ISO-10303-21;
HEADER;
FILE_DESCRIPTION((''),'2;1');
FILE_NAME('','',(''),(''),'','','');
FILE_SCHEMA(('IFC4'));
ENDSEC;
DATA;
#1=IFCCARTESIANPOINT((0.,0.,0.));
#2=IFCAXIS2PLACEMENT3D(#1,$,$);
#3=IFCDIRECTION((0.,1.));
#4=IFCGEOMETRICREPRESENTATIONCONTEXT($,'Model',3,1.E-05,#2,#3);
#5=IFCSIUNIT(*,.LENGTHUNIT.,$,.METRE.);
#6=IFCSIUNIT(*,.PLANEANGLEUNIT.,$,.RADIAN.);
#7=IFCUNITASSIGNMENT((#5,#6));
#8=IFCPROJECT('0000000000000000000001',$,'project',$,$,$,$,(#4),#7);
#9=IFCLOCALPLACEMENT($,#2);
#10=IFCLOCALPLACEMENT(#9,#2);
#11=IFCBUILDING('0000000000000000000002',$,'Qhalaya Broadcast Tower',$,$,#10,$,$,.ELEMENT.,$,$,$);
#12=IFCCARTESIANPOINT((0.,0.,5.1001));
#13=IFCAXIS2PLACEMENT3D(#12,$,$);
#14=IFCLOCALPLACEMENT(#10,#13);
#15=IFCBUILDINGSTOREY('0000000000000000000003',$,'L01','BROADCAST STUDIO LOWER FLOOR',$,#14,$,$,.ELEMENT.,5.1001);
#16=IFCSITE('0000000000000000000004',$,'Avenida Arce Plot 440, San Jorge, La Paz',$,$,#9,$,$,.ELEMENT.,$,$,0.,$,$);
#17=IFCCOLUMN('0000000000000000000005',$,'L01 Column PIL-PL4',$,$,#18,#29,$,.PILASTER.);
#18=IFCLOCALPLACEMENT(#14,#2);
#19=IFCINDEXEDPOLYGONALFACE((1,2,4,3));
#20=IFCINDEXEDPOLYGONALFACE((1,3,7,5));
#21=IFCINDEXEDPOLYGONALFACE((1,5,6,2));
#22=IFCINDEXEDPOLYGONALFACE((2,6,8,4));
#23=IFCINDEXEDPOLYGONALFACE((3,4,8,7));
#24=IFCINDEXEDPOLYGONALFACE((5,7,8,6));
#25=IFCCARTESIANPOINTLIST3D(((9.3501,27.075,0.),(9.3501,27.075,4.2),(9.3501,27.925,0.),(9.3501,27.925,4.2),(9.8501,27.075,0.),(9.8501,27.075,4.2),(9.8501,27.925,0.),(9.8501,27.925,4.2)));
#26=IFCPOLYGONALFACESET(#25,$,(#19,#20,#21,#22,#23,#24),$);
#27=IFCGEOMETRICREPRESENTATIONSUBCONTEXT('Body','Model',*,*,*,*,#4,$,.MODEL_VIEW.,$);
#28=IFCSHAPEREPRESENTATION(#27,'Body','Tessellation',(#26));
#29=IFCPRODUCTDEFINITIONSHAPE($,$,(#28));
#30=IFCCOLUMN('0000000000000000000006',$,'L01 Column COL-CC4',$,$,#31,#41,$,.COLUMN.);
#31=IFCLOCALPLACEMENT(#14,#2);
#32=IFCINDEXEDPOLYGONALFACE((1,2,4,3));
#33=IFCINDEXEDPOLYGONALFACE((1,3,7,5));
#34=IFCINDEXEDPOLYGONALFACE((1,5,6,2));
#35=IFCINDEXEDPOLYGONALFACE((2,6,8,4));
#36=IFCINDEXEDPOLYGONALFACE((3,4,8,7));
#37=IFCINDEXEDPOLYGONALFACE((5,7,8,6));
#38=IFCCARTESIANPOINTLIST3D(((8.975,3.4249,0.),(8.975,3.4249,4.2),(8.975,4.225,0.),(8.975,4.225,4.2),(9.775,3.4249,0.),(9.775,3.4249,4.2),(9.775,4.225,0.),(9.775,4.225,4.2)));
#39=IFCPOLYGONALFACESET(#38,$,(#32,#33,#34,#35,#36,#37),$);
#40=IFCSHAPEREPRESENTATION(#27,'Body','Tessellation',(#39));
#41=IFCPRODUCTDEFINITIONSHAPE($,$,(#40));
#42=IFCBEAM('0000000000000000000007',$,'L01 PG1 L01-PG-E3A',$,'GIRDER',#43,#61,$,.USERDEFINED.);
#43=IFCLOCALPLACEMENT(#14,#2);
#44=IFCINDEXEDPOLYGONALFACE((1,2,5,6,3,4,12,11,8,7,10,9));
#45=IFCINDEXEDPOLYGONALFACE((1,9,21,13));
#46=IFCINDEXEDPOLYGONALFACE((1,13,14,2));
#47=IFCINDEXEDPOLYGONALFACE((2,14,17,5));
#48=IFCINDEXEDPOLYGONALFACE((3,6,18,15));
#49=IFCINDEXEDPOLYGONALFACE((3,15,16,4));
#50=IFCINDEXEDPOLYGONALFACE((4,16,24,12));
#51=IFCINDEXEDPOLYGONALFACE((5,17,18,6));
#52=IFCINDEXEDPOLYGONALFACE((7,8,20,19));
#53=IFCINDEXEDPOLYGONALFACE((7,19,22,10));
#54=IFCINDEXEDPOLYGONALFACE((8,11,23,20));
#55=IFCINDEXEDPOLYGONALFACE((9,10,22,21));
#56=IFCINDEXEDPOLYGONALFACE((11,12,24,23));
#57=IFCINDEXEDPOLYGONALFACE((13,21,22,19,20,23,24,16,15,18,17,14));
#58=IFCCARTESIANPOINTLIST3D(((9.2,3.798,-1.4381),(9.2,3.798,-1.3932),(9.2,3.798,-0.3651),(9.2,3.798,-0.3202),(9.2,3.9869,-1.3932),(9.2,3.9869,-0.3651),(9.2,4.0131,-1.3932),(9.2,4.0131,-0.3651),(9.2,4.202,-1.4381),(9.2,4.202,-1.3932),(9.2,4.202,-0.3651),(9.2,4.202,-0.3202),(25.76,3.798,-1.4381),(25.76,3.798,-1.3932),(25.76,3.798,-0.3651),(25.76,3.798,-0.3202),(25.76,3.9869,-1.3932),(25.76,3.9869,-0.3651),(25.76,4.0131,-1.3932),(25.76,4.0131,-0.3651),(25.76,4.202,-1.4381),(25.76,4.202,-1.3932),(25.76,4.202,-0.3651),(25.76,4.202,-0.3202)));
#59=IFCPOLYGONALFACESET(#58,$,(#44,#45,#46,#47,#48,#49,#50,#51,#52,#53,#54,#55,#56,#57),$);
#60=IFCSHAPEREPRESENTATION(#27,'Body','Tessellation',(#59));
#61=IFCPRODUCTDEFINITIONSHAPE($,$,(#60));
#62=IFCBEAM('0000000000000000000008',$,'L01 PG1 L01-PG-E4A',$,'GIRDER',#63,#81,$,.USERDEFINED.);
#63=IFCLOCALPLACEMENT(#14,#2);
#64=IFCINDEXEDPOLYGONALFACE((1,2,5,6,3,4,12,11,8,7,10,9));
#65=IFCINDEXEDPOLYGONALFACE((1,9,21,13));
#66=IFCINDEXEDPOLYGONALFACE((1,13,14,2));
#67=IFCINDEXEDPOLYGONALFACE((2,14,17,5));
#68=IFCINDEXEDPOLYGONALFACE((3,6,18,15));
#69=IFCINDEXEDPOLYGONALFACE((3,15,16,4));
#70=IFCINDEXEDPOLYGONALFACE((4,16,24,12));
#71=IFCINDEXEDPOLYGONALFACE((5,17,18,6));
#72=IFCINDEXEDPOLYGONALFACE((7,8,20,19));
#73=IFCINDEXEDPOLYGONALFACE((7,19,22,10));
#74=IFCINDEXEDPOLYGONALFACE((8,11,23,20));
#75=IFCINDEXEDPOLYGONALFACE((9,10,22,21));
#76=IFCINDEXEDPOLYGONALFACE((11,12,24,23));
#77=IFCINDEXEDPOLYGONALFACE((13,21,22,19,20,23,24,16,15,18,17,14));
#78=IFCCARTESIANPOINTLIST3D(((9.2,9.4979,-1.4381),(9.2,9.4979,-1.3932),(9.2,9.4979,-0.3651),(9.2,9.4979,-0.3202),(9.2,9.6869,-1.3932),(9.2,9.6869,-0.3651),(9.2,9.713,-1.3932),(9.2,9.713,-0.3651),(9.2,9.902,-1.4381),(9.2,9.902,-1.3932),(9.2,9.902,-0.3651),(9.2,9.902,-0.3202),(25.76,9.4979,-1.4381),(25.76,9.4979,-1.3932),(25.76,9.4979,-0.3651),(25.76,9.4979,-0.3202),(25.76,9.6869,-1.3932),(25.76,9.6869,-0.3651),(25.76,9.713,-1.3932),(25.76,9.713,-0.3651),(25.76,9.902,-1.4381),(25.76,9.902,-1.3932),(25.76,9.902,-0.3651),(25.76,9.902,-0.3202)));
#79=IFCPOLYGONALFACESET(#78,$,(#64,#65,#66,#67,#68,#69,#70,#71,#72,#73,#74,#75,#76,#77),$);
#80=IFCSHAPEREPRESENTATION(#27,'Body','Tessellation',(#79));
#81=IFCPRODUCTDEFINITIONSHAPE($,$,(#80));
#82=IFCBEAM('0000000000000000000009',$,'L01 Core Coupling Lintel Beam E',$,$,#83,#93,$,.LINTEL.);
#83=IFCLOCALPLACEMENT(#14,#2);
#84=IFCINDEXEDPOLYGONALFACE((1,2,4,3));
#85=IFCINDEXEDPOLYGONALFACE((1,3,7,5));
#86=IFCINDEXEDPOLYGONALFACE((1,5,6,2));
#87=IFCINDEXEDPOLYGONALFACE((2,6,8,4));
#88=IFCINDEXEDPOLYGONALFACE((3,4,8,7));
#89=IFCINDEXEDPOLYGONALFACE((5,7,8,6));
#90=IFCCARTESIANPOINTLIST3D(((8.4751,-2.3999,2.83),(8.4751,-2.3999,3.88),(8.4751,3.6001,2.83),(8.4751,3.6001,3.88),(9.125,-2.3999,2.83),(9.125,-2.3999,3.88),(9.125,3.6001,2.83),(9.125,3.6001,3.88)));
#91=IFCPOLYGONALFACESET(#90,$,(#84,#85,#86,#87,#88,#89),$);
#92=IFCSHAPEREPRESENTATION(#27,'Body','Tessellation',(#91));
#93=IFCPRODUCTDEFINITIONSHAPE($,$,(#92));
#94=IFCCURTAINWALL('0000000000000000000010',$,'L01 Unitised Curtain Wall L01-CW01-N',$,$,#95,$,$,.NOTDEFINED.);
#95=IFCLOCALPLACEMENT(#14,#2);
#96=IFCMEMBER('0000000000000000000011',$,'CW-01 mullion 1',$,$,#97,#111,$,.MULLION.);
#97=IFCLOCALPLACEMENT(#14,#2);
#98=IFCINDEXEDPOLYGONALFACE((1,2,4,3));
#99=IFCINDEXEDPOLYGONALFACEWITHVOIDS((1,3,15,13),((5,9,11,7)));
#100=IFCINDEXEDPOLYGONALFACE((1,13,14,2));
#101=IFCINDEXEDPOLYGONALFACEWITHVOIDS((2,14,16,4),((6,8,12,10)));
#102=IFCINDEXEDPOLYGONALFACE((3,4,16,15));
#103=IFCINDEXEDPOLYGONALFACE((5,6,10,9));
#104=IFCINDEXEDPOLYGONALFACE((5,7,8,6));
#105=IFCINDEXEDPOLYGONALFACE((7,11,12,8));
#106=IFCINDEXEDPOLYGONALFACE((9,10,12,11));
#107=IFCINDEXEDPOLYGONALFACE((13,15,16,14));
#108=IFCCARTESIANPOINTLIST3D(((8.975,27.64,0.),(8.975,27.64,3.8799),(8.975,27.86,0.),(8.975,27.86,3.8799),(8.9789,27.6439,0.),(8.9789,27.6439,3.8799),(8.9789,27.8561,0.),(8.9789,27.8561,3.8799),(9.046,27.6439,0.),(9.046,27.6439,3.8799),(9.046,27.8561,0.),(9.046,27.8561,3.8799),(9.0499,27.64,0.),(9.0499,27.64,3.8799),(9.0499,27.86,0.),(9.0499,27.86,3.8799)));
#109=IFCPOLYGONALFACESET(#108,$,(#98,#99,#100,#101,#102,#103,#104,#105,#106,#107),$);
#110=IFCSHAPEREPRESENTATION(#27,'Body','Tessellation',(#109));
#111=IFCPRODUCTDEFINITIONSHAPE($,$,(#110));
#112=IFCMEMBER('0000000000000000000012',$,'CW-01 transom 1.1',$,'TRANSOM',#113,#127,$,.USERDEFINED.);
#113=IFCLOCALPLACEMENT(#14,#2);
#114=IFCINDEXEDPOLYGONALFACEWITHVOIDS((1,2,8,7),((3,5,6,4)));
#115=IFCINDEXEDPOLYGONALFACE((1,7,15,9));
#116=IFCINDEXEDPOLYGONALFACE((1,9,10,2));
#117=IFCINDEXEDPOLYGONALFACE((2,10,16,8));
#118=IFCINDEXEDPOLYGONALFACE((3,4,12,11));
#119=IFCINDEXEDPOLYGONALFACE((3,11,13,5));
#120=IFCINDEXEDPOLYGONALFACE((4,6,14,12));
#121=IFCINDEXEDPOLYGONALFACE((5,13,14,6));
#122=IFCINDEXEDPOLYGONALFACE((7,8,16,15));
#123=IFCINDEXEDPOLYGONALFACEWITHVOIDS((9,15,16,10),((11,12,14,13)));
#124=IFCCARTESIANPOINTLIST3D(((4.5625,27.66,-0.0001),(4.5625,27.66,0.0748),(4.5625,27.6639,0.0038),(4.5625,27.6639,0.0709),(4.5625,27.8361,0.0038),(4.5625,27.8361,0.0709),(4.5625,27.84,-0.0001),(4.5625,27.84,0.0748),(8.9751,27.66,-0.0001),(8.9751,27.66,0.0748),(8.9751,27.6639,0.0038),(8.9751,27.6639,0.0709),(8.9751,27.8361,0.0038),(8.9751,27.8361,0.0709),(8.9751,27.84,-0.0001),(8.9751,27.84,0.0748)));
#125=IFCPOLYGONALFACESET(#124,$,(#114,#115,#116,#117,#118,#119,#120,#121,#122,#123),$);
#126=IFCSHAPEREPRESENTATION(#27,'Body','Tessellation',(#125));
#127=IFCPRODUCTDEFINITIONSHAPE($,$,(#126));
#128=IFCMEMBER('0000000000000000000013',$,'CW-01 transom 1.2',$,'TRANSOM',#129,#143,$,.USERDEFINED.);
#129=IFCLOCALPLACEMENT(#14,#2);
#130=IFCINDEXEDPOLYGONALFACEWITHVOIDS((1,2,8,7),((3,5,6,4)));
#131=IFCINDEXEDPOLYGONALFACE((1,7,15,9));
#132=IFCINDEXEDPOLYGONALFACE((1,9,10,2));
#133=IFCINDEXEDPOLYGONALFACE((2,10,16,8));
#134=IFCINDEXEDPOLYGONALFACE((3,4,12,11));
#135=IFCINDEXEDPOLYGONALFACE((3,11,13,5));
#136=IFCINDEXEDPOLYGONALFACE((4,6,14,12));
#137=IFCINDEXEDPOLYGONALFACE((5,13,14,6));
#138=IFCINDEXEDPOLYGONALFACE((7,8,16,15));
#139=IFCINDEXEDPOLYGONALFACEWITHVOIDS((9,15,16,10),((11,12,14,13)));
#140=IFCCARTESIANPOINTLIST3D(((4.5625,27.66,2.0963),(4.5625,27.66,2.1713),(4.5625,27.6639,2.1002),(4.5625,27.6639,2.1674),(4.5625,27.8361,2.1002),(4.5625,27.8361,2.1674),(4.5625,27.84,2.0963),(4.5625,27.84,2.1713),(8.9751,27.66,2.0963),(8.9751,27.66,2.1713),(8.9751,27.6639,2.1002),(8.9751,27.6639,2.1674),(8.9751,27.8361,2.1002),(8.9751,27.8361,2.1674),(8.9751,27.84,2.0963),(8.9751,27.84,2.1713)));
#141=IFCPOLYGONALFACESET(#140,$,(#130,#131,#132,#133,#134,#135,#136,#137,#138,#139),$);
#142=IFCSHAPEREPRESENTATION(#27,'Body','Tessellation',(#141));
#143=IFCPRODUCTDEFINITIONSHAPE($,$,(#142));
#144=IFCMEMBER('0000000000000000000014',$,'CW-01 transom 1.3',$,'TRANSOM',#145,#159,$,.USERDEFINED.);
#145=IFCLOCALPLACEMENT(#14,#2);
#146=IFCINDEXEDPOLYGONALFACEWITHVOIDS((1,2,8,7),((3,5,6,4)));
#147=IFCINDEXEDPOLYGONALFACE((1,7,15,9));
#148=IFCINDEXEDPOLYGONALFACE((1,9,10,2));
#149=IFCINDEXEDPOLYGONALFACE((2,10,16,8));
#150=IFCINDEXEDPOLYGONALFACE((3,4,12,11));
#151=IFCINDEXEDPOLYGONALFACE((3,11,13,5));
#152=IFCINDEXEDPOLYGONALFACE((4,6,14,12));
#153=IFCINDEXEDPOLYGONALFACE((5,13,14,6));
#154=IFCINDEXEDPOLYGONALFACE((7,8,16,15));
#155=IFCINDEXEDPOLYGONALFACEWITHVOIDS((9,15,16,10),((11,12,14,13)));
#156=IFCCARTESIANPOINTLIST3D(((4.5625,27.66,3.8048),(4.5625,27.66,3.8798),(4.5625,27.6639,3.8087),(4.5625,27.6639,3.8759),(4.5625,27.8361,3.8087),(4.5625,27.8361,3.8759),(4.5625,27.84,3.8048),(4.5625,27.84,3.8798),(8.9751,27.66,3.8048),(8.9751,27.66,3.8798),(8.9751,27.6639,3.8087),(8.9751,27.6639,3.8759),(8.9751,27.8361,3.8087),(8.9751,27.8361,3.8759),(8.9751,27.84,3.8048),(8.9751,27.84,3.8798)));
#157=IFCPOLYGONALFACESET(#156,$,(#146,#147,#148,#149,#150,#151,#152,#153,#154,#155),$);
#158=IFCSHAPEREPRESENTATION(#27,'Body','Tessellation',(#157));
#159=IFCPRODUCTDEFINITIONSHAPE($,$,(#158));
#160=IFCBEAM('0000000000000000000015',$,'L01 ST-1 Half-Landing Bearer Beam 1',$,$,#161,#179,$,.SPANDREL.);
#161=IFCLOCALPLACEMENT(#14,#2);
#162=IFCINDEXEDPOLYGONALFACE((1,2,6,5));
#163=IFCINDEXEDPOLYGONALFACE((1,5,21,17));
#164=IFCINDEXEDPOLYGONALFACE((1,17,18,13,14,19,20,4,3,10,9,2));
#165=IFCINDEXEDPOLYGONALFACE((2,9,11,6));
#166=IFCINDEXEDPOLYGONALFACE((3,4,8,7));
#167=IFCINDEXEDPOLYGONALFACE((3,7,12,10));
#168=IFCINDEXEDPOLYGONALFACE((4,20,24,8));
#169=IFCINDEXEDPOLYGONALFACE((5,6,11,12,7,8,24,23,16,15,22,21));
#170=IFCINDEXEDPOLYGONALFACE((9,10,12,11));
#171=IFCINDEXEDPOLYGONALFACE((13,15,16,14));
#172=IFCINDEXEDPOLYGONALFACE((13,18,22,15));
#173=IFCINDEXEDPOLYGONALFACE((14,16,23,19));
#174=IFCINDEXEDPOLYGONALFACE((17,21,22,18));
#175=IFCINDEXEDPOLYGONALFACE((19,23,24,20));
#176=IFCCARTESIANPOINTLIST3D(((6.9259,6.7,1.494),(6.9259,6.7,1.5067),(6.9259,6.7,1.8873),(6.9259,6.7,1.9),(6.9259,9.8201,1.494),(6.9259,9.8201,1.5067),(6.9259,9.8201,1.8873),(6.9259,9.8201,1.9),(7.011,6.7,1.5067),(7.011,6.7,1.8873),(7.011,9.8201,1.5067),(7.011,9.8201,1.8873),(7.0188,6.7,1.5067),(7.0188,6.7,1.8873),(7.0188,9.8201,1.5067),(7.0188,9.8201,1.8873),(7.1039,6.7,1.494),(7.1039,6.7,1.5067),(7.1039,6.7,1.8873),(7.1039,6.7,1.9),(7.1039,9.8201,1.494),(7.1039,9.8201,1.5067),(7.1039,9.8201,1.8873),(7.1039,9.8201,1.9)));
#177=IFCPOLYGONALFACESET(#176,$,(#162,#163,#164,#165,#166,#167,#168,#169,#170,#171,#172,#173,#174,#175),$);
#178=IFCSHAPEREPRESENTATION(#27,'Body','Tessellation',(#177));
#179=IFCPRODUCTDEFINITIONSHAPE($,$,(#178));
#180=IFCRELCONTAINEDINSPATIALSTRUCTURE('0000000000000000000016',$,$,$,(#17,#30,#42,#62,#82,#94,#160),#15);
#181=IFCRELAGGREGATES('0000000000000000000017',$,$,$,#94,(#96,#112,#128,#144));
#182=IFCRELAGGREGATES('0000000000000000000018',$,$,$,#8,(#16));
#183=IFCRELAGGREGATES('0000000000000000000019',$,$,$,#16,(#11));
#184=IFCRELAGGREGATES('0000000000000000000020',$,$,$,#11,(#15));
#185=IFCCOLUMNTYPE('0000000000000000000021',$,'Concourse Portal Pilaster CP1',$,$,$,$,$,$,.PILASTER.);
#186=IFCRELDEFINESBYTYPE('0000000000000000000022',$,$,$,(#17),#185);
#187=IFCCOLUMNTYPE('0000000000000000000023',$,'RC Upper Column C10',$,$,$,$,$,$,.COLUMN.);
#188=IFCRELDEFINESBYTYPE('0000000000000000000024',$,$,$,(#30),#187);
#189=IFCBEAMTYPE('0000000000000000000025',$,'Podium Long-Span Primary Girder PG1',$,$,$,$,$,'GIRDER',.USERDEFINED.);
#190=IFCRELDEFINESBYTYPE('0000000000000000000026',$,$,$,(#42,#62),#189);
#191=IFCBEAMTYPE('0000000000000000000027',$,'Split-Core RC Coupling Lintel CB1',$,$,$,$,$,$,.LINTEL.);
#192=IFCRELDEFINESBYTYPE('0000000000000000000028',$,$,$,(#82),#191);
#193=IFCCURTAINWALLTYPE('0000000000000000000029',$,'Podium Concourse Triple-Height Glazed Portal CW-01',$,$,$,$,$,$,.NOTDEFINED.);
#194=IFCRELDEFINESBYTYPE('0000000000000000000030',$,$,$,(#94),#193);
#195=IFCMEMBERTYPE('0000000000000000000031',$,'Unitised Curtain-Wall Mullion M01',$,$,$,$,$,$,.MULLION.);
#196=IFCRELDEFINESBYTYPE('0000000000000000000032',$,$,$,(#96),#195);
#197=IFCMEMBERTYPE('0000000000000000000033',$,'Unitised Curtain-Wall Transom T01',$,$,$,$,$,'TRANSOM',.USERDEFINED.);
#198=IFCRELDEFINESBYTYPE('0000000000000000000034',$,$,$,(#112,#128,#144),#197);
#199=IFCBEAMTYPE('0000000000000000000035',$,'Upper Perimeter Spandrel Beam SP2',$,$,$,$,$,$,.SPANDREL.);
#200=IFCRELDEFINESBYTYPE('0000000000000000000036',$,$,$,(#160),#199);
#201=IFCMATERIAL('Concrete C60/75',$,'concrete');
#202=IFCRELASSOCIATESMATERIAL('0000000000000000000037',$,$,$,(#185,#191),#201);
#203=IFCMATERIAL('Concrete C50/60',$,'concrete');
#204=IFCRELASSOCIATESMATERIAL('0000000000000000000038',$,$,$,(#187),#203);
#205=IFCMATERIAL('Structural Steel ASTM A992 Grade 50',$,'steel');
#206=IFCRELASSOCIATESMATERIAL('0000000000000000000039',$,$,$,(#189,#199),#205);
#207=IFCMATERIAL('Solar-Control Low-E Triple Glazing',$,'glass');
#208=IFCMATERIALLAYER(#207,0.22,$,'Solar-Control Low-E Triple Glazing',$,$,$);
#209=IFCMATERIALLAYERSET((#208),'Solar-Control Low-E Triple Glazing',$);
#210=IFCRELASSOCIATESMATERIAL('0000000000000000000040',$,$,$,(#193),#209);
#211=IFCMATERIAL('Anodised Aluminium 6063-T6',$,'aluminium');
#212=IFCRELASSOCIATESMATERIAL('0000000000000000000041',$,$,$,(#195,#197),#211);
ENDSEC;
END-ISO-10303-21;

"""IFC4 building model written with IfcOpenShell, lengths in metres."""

from ifc_helpers import new_model, si_unit, direction, frame, origin, origin_2d, place, context, subcontext, project, spatial, rectangle, hollow_rectangle, i_section, extrude, material, layer, layer_set, material_profile, profile_set, type_object, element, aggregate, save


model = new_model("IFC4")

# Units and contexts
model_context = context("Model", 3, precision=1e-05, world=origin(), true_north=direction((0.0, 1.0)))
body_context = subcontext(model_context, "Body", "Model", "MODEL_VIEW")
ifc_project = project(units=[si_unit("LENGTHUNIT", "METRE"), si_unit("PLANEANGLEUNIT", "RADIAN")], contexts=[model_context])

# Site, building, storey
site_placement = place(None, origin())
site = spatial("IfcSite", under=ifc_project, at=site_placement, Name="Avenida Arce Plot 440, San Jorge, La Paz", CompositionType="ELEMENT", RefElevation=0.0)
building_placement = place(site_placement, origin())
building = spatial("IfcBuilding", under=site, at=building_placement, Name="Qhalaya Broadcast Tower", CompositionType="ELEMENT")
storey_placement = place(building_placement, frame((0.0, 0.0, 5.1001)))
storey = spatial("IfcBuildingStorey", under=building, at=storey_placement, Name="L01", Description="BROADCAST STUDIO LOWER FLOOR", CompositionType="ELEMENT", Elevation=5.1001)

# Columns
ifc_material_1 = material(Name="Concrete C60/75", Category="concrete")
ifc_material_profile_1 = material_profile(ifc_material_1, rectangle(XDim=0.5, YDim=0.8501, at=origin_2d()), Name="RC-PIL 500x850")
ifc_profile_set_1 = profile_set([ifc_material_profile_1], Name="Concrete C60/75")
column_type_1 = type_object("IfcColumnType", Name="Concourse Portal Pilaster CP1", PredefinedType="PILASTER", material=ifc_profile_set_1)
column_1_placement = place(storey_placement, frame((9.6001, 27.5, 0.0), z_axis=(0.0, 0.0, 1.0), x_axis=(1.0, 0.0, 0.0)))
element("IfcColumn", 1, at=column_1_placement, inside=storey, type_object=column_type_1, Name="L01 Column PIL-PL4", PredefinedType="PILASTER", context=body_context, shape_type="SweptSolid", body=[
    extrude(rectangle(XDim=0.5, YDim=0.8501, at=origin_2d()), origin(), (0.0, 0.0, 1.0), 4.2),
])
ifc_material_2 = material(Name="Concrete C50/60", Category="concrete")
ifc_material_profile_2 = material_profile(ifc_material_2, rectangle(XDim=0.8, YDim=0.8, at=origin_2d()), Name="RC-COL 800x800")
ifc_profile_set_2 = profile_set([ifc_material_profile_2], Name="Concrete C50/60")
column_type_2 = type_object("IfcColumnType", Name="RC Upper Column C10", PredefinedType="COLUMN", material=ifc_profile_set_2)
column_2_placement = place(storey_placement, frame((9.375, 3.825, 0.0), z_axis=(0.0, 0.0, 1.0), x_axis=(1.0, 0.0, 0.0)))
element("IfcColumn", 2, at=column_2_placement, inside=storey, type_object=column_type_2, Name="L01 Column COL-CC4", PredefinedType="COLUMN", context=body_context, shape_type="SweptSolid", body=[
    extrude(rectangle(XDim=0.8, YDim=0.8, at=origin_2d()), origin(), (0.0, 0.0, 1.0), 4.2),
])

# Beams
ifc_material_3 = material(Name="Structural Steel ASTM A992 Grade 50", Category="steel")
ifc_material_profile_3 = material_profile(ifc_material_3, i_section(OverallWidth=0.4041, OverallDepth=1.1179, WebThickness=0.0261, FlangeThickness=0.0449, at=origin_2d()), Name="W44X335")
ifc_profile_set_3 = profile_set([ifc_material_profile_3], Name="Structural Steel ASTM A992 Grade 50")
beam_type_1 = type_object("IfcBeamType", Name="Podium Long-Span Primary Girder PG1", ElementType="GIRDER", PredefinedType="USERDEFINED", material=ifc_profile_set_3)
for number, where, z_axis, x_axis, name in (
    (3, (9.2, 4.0, -0.8792), (1.0, 0.0, 0.0), (0.0, 1.0, 0.0), "L01 PG1 L01-PG-E3A"),
    (4, (9.2, 9.7, -0.8792), (1.0, 0.0, 0.0), (0.0, 1.0, 0.0), "L01 PG1 L01-PG-E4A"),
):
    element("IfcBeam", number, at=place(storey_placement, frame(where, z_axis=z_axis, x_axis=x_axis)), inside=storey, type_object=beam_type_1, Name=name, ObjectType="GIRDER", PredefinedType="USERDEFINED", context=body_context, shape_type="SweptSolid", body=[
        extrude(i_section(OverallWidth=0.4041, OverallDepth=1.1179, WebThickness=0.0261, FlangeThickness=0.0449, at=origin_2d()), origin(), (0.0, 0.0, 1.0), 16.5601),
    ])
ifc_material_profile_4 = material_profile(ifc_material_1, rectangle(XDim=0.6499, YDim=1.05, at=origin_2d()), Name="RC-CB 650x1050")
ifc_profile_set_4 = profile_set([ifc_material_profile_4], Name="Concrete C60/75")
beam_type_2 = type_object("IfcBeamType", Name="Split-Core RC Coupling Lintel CB1", PredefinedType="LINTEL", material=ifc_profile_set_4)
beam_placement = place(storey_placement, frame((8.8, -2.3999, 3.355), z_axis=(0.0, 1.0, 0.0), x_axis=(-1.0, 0.0, 0.0)))
element("IfcBeam", 5, at=beam_placement, inside=storey, type_object=beam_type_2, Name="L01 Core Coupling Lintel Beam E", PredefinedType="LINTEL", context=body_context, shape_type="SweptSolid", body=[
    extrude(rectangle(XDim=0.6499, YDim=1.05, at=origin_2d()), origin(), (0.0, 0.0, 1.0), 6.0),
])

# Curtain wall, members
ifc_material_4 = material(Name="Solar-Control Low-E Triple Glazing", Category="glass")
ifc_layer_1 = layer(ifc_material_4, 0.22, Name="Solar-Control Low-E Triple Glazing")
ifc_layer_set_1 = layer_set([ifc_layer_1], Name="Solar-Control Low-E Triple Glazing")
curtain_wall_type = type_object("IfcCurtainWallType", Name="Podium Concourse Triple-Height Glazed Portal CW-01", PredefinedType="NOTDEFINED", material=ifc_layer_set_1)
curtain_wall_placement = place(storey_placement, origin())
curtain_wall = element("IfcCurtainWall", 6, at=curtain_wall_placement, inside=storey, type_object=curtain_wall_type, Name="L01 Unitised Curtain Wall L01-CW01-N", PredefinedType="NOTDEFINED")
ifc_material_5 = material(Name="Anodised Aluminium 6063-T6", Category="aluminium")
ifc_material_profile_5 = material_profile(ifc_material_5, hollow_rectangle(XDim=0.075, YDim=0.22, WallThickness=0.0039, at=origin_2d()), Name="ALU-MUL 75x220x4")
ifc_profile_set_5 = profile_set([ifc_material_profile_5], Name="Anodised Aluminium 6063-T6")
member_type_1 = type_object("IfcMemberType", Name="Unitised Curtain-Wall Mullion M01", PredefinedType="MULLION", material=ifc_profile_set_5)
member_1_placement = place(storey_placement, frame((9.0125, 27.75, 0.0), z_axis=(0.0, 0.0, 1.0), x_axis=(-1.0, 0.0, 0.0)))
member_1 = element("IfcMember", 7, at=member_1_placement, type_object=member_type_1, Name="CW-01 mullion 1", PredefinedType="MULLION", context=body_context, shape_type="SweptSolid", body=[
    extrude(hollow_rectangle(XDim=0.075, YDim=0.22, WallThickness=0.0039, at=origin_2d()), origin(), (0.0, 0.0, 1.0), 3.8799),
])
ifc_material_profile_6 = material_profile(ifc_material_5, hollow_rectangle(XDim=0.075, YDim=0.1799, WallThickness=0.0039, at=origin_2d()), Name="ALU-TRN 75x180x4")
ifc_profile_set_6 = profile_set([ifc_material_profile_6], Name="Anodised Aluminium 6063-T6")
member_type_2 = type_object("IfcMemberType", Name="Unitised Curtain-Wall Transom T01", ElementType="TRANSOM", PredefinedType="USERDEFINED", material=ifc_profile_set_6)
member_2_placement = place(storey_placement, frame((8.9751, 27.75, 0.0374), z_axis=(-1.0, 0.0, 0.0), x_axis=(0.0, 0.0, 1.0)))
member_2 = element("IfcMember", 8, at=member_2_placement, type_object=member_type_2, Name="CW-01 transom 1.1", ObjectType="TRANSOM", PredefinedType="USERDEFINED", context=body_context, shape_type="SweptSolid", body=[
    extrude(hollow_rectangle(XDim=0.075, YDim=0.1799, WallThickness=0.0039, at=origin_2d()), origin(), (0.0, 0.0, 1.0), 4.4126),
])
member_3_placement = place(storey_placement, frame((8.9751, 27.75, 2.1338), z_axis=(-1.0, 0.0, 0.0), x_axis=(0.0, 0.0, 1.0)))
member_3 = element("IfcMember", 9, at=member_3_placement, type_object=member_type_2, Name="CW-01 transom 1.2", ObjectType="TRANSOM", PredefinedType="USERDEFINED", context=body_context, shape_type="SweptSolid", body=[
    extrude(hollow_rectangle(XDim=0.075, YDim=0.1799, WallThickness=0.0039, at=origin_2d()), origin(), (0.0, 0.0, 1.0), 4.4126),
])
member_4_placement = place(storey_placement, frame((8.9751, 27.75, 3.8423), z_axis=(-1.0, 0.0, 0.0), x_axis=(0.0, 0.0, 1.0)))
member_4 = element("IfcMember", 10, at=member_4_placement, type_object=member_type_2, Name="CW-01 transom 1.3", ObjectType="TRANSOM", PredefinedType="USERDEFINED", context=body_context, shape_type="SweptSolid", body=[
    extrude(hollow_rectangle(XDim=0.075, YDim=0.1799, WallThickness=0.0039, at=origin_2d()), origin(), (0.0, 0.0, 1.0), 4.4126),
])
aggregate(curtain_wall, [member_1, member_2, member_3, member_4])

# Beam
ifc_material_profile_7 = material_profile(ifc_material_3, i_section(OverallWidth=0.178, OverallDepth=0.406, WebThickness=0.0078, FlangeThickness=0.0127, at=origin_2d()), Name="W16X40")
ifc_profile_set_7 = profile_set([ifc_material_profile_7], Name="Structural Steel ASTM A992 Grade 50")
beam_type_3 = type_object("IfcBeamType", Name="Upper Perimeter Spandrel Beam SP2", PredefinedType="SPANDREL", material=ifc_profile_set_7)
for number, where, z_axis, x_axis, name in (
    (11, (7.0149, 6.7, 1.697), (0.0, 1.0, 0.0), (-1.0, 0.0, 0.0), "L01 ST-1 Half-Landing Bearer Beam 1"),
):
    element("IfcBeam", number, at=place(storey_placement, frame(where, z_axis=z_axis, x_axis=x_axis)), inside=storey, type_object=beam_type_3, Name=name, PredefinedType="SPANDREL", context=body_context, shape_type="SweptSolid", body=[
        extrude(i_section(OverallWidth=0.178, OverallDepth=0.406, WebThickness=0.0078, FlangeThickness=0.0127, at=origin_2d()), origin(), (0.0, 0.0, 1.0), 3.1201),
    ])

save(model, "model.ifc")
